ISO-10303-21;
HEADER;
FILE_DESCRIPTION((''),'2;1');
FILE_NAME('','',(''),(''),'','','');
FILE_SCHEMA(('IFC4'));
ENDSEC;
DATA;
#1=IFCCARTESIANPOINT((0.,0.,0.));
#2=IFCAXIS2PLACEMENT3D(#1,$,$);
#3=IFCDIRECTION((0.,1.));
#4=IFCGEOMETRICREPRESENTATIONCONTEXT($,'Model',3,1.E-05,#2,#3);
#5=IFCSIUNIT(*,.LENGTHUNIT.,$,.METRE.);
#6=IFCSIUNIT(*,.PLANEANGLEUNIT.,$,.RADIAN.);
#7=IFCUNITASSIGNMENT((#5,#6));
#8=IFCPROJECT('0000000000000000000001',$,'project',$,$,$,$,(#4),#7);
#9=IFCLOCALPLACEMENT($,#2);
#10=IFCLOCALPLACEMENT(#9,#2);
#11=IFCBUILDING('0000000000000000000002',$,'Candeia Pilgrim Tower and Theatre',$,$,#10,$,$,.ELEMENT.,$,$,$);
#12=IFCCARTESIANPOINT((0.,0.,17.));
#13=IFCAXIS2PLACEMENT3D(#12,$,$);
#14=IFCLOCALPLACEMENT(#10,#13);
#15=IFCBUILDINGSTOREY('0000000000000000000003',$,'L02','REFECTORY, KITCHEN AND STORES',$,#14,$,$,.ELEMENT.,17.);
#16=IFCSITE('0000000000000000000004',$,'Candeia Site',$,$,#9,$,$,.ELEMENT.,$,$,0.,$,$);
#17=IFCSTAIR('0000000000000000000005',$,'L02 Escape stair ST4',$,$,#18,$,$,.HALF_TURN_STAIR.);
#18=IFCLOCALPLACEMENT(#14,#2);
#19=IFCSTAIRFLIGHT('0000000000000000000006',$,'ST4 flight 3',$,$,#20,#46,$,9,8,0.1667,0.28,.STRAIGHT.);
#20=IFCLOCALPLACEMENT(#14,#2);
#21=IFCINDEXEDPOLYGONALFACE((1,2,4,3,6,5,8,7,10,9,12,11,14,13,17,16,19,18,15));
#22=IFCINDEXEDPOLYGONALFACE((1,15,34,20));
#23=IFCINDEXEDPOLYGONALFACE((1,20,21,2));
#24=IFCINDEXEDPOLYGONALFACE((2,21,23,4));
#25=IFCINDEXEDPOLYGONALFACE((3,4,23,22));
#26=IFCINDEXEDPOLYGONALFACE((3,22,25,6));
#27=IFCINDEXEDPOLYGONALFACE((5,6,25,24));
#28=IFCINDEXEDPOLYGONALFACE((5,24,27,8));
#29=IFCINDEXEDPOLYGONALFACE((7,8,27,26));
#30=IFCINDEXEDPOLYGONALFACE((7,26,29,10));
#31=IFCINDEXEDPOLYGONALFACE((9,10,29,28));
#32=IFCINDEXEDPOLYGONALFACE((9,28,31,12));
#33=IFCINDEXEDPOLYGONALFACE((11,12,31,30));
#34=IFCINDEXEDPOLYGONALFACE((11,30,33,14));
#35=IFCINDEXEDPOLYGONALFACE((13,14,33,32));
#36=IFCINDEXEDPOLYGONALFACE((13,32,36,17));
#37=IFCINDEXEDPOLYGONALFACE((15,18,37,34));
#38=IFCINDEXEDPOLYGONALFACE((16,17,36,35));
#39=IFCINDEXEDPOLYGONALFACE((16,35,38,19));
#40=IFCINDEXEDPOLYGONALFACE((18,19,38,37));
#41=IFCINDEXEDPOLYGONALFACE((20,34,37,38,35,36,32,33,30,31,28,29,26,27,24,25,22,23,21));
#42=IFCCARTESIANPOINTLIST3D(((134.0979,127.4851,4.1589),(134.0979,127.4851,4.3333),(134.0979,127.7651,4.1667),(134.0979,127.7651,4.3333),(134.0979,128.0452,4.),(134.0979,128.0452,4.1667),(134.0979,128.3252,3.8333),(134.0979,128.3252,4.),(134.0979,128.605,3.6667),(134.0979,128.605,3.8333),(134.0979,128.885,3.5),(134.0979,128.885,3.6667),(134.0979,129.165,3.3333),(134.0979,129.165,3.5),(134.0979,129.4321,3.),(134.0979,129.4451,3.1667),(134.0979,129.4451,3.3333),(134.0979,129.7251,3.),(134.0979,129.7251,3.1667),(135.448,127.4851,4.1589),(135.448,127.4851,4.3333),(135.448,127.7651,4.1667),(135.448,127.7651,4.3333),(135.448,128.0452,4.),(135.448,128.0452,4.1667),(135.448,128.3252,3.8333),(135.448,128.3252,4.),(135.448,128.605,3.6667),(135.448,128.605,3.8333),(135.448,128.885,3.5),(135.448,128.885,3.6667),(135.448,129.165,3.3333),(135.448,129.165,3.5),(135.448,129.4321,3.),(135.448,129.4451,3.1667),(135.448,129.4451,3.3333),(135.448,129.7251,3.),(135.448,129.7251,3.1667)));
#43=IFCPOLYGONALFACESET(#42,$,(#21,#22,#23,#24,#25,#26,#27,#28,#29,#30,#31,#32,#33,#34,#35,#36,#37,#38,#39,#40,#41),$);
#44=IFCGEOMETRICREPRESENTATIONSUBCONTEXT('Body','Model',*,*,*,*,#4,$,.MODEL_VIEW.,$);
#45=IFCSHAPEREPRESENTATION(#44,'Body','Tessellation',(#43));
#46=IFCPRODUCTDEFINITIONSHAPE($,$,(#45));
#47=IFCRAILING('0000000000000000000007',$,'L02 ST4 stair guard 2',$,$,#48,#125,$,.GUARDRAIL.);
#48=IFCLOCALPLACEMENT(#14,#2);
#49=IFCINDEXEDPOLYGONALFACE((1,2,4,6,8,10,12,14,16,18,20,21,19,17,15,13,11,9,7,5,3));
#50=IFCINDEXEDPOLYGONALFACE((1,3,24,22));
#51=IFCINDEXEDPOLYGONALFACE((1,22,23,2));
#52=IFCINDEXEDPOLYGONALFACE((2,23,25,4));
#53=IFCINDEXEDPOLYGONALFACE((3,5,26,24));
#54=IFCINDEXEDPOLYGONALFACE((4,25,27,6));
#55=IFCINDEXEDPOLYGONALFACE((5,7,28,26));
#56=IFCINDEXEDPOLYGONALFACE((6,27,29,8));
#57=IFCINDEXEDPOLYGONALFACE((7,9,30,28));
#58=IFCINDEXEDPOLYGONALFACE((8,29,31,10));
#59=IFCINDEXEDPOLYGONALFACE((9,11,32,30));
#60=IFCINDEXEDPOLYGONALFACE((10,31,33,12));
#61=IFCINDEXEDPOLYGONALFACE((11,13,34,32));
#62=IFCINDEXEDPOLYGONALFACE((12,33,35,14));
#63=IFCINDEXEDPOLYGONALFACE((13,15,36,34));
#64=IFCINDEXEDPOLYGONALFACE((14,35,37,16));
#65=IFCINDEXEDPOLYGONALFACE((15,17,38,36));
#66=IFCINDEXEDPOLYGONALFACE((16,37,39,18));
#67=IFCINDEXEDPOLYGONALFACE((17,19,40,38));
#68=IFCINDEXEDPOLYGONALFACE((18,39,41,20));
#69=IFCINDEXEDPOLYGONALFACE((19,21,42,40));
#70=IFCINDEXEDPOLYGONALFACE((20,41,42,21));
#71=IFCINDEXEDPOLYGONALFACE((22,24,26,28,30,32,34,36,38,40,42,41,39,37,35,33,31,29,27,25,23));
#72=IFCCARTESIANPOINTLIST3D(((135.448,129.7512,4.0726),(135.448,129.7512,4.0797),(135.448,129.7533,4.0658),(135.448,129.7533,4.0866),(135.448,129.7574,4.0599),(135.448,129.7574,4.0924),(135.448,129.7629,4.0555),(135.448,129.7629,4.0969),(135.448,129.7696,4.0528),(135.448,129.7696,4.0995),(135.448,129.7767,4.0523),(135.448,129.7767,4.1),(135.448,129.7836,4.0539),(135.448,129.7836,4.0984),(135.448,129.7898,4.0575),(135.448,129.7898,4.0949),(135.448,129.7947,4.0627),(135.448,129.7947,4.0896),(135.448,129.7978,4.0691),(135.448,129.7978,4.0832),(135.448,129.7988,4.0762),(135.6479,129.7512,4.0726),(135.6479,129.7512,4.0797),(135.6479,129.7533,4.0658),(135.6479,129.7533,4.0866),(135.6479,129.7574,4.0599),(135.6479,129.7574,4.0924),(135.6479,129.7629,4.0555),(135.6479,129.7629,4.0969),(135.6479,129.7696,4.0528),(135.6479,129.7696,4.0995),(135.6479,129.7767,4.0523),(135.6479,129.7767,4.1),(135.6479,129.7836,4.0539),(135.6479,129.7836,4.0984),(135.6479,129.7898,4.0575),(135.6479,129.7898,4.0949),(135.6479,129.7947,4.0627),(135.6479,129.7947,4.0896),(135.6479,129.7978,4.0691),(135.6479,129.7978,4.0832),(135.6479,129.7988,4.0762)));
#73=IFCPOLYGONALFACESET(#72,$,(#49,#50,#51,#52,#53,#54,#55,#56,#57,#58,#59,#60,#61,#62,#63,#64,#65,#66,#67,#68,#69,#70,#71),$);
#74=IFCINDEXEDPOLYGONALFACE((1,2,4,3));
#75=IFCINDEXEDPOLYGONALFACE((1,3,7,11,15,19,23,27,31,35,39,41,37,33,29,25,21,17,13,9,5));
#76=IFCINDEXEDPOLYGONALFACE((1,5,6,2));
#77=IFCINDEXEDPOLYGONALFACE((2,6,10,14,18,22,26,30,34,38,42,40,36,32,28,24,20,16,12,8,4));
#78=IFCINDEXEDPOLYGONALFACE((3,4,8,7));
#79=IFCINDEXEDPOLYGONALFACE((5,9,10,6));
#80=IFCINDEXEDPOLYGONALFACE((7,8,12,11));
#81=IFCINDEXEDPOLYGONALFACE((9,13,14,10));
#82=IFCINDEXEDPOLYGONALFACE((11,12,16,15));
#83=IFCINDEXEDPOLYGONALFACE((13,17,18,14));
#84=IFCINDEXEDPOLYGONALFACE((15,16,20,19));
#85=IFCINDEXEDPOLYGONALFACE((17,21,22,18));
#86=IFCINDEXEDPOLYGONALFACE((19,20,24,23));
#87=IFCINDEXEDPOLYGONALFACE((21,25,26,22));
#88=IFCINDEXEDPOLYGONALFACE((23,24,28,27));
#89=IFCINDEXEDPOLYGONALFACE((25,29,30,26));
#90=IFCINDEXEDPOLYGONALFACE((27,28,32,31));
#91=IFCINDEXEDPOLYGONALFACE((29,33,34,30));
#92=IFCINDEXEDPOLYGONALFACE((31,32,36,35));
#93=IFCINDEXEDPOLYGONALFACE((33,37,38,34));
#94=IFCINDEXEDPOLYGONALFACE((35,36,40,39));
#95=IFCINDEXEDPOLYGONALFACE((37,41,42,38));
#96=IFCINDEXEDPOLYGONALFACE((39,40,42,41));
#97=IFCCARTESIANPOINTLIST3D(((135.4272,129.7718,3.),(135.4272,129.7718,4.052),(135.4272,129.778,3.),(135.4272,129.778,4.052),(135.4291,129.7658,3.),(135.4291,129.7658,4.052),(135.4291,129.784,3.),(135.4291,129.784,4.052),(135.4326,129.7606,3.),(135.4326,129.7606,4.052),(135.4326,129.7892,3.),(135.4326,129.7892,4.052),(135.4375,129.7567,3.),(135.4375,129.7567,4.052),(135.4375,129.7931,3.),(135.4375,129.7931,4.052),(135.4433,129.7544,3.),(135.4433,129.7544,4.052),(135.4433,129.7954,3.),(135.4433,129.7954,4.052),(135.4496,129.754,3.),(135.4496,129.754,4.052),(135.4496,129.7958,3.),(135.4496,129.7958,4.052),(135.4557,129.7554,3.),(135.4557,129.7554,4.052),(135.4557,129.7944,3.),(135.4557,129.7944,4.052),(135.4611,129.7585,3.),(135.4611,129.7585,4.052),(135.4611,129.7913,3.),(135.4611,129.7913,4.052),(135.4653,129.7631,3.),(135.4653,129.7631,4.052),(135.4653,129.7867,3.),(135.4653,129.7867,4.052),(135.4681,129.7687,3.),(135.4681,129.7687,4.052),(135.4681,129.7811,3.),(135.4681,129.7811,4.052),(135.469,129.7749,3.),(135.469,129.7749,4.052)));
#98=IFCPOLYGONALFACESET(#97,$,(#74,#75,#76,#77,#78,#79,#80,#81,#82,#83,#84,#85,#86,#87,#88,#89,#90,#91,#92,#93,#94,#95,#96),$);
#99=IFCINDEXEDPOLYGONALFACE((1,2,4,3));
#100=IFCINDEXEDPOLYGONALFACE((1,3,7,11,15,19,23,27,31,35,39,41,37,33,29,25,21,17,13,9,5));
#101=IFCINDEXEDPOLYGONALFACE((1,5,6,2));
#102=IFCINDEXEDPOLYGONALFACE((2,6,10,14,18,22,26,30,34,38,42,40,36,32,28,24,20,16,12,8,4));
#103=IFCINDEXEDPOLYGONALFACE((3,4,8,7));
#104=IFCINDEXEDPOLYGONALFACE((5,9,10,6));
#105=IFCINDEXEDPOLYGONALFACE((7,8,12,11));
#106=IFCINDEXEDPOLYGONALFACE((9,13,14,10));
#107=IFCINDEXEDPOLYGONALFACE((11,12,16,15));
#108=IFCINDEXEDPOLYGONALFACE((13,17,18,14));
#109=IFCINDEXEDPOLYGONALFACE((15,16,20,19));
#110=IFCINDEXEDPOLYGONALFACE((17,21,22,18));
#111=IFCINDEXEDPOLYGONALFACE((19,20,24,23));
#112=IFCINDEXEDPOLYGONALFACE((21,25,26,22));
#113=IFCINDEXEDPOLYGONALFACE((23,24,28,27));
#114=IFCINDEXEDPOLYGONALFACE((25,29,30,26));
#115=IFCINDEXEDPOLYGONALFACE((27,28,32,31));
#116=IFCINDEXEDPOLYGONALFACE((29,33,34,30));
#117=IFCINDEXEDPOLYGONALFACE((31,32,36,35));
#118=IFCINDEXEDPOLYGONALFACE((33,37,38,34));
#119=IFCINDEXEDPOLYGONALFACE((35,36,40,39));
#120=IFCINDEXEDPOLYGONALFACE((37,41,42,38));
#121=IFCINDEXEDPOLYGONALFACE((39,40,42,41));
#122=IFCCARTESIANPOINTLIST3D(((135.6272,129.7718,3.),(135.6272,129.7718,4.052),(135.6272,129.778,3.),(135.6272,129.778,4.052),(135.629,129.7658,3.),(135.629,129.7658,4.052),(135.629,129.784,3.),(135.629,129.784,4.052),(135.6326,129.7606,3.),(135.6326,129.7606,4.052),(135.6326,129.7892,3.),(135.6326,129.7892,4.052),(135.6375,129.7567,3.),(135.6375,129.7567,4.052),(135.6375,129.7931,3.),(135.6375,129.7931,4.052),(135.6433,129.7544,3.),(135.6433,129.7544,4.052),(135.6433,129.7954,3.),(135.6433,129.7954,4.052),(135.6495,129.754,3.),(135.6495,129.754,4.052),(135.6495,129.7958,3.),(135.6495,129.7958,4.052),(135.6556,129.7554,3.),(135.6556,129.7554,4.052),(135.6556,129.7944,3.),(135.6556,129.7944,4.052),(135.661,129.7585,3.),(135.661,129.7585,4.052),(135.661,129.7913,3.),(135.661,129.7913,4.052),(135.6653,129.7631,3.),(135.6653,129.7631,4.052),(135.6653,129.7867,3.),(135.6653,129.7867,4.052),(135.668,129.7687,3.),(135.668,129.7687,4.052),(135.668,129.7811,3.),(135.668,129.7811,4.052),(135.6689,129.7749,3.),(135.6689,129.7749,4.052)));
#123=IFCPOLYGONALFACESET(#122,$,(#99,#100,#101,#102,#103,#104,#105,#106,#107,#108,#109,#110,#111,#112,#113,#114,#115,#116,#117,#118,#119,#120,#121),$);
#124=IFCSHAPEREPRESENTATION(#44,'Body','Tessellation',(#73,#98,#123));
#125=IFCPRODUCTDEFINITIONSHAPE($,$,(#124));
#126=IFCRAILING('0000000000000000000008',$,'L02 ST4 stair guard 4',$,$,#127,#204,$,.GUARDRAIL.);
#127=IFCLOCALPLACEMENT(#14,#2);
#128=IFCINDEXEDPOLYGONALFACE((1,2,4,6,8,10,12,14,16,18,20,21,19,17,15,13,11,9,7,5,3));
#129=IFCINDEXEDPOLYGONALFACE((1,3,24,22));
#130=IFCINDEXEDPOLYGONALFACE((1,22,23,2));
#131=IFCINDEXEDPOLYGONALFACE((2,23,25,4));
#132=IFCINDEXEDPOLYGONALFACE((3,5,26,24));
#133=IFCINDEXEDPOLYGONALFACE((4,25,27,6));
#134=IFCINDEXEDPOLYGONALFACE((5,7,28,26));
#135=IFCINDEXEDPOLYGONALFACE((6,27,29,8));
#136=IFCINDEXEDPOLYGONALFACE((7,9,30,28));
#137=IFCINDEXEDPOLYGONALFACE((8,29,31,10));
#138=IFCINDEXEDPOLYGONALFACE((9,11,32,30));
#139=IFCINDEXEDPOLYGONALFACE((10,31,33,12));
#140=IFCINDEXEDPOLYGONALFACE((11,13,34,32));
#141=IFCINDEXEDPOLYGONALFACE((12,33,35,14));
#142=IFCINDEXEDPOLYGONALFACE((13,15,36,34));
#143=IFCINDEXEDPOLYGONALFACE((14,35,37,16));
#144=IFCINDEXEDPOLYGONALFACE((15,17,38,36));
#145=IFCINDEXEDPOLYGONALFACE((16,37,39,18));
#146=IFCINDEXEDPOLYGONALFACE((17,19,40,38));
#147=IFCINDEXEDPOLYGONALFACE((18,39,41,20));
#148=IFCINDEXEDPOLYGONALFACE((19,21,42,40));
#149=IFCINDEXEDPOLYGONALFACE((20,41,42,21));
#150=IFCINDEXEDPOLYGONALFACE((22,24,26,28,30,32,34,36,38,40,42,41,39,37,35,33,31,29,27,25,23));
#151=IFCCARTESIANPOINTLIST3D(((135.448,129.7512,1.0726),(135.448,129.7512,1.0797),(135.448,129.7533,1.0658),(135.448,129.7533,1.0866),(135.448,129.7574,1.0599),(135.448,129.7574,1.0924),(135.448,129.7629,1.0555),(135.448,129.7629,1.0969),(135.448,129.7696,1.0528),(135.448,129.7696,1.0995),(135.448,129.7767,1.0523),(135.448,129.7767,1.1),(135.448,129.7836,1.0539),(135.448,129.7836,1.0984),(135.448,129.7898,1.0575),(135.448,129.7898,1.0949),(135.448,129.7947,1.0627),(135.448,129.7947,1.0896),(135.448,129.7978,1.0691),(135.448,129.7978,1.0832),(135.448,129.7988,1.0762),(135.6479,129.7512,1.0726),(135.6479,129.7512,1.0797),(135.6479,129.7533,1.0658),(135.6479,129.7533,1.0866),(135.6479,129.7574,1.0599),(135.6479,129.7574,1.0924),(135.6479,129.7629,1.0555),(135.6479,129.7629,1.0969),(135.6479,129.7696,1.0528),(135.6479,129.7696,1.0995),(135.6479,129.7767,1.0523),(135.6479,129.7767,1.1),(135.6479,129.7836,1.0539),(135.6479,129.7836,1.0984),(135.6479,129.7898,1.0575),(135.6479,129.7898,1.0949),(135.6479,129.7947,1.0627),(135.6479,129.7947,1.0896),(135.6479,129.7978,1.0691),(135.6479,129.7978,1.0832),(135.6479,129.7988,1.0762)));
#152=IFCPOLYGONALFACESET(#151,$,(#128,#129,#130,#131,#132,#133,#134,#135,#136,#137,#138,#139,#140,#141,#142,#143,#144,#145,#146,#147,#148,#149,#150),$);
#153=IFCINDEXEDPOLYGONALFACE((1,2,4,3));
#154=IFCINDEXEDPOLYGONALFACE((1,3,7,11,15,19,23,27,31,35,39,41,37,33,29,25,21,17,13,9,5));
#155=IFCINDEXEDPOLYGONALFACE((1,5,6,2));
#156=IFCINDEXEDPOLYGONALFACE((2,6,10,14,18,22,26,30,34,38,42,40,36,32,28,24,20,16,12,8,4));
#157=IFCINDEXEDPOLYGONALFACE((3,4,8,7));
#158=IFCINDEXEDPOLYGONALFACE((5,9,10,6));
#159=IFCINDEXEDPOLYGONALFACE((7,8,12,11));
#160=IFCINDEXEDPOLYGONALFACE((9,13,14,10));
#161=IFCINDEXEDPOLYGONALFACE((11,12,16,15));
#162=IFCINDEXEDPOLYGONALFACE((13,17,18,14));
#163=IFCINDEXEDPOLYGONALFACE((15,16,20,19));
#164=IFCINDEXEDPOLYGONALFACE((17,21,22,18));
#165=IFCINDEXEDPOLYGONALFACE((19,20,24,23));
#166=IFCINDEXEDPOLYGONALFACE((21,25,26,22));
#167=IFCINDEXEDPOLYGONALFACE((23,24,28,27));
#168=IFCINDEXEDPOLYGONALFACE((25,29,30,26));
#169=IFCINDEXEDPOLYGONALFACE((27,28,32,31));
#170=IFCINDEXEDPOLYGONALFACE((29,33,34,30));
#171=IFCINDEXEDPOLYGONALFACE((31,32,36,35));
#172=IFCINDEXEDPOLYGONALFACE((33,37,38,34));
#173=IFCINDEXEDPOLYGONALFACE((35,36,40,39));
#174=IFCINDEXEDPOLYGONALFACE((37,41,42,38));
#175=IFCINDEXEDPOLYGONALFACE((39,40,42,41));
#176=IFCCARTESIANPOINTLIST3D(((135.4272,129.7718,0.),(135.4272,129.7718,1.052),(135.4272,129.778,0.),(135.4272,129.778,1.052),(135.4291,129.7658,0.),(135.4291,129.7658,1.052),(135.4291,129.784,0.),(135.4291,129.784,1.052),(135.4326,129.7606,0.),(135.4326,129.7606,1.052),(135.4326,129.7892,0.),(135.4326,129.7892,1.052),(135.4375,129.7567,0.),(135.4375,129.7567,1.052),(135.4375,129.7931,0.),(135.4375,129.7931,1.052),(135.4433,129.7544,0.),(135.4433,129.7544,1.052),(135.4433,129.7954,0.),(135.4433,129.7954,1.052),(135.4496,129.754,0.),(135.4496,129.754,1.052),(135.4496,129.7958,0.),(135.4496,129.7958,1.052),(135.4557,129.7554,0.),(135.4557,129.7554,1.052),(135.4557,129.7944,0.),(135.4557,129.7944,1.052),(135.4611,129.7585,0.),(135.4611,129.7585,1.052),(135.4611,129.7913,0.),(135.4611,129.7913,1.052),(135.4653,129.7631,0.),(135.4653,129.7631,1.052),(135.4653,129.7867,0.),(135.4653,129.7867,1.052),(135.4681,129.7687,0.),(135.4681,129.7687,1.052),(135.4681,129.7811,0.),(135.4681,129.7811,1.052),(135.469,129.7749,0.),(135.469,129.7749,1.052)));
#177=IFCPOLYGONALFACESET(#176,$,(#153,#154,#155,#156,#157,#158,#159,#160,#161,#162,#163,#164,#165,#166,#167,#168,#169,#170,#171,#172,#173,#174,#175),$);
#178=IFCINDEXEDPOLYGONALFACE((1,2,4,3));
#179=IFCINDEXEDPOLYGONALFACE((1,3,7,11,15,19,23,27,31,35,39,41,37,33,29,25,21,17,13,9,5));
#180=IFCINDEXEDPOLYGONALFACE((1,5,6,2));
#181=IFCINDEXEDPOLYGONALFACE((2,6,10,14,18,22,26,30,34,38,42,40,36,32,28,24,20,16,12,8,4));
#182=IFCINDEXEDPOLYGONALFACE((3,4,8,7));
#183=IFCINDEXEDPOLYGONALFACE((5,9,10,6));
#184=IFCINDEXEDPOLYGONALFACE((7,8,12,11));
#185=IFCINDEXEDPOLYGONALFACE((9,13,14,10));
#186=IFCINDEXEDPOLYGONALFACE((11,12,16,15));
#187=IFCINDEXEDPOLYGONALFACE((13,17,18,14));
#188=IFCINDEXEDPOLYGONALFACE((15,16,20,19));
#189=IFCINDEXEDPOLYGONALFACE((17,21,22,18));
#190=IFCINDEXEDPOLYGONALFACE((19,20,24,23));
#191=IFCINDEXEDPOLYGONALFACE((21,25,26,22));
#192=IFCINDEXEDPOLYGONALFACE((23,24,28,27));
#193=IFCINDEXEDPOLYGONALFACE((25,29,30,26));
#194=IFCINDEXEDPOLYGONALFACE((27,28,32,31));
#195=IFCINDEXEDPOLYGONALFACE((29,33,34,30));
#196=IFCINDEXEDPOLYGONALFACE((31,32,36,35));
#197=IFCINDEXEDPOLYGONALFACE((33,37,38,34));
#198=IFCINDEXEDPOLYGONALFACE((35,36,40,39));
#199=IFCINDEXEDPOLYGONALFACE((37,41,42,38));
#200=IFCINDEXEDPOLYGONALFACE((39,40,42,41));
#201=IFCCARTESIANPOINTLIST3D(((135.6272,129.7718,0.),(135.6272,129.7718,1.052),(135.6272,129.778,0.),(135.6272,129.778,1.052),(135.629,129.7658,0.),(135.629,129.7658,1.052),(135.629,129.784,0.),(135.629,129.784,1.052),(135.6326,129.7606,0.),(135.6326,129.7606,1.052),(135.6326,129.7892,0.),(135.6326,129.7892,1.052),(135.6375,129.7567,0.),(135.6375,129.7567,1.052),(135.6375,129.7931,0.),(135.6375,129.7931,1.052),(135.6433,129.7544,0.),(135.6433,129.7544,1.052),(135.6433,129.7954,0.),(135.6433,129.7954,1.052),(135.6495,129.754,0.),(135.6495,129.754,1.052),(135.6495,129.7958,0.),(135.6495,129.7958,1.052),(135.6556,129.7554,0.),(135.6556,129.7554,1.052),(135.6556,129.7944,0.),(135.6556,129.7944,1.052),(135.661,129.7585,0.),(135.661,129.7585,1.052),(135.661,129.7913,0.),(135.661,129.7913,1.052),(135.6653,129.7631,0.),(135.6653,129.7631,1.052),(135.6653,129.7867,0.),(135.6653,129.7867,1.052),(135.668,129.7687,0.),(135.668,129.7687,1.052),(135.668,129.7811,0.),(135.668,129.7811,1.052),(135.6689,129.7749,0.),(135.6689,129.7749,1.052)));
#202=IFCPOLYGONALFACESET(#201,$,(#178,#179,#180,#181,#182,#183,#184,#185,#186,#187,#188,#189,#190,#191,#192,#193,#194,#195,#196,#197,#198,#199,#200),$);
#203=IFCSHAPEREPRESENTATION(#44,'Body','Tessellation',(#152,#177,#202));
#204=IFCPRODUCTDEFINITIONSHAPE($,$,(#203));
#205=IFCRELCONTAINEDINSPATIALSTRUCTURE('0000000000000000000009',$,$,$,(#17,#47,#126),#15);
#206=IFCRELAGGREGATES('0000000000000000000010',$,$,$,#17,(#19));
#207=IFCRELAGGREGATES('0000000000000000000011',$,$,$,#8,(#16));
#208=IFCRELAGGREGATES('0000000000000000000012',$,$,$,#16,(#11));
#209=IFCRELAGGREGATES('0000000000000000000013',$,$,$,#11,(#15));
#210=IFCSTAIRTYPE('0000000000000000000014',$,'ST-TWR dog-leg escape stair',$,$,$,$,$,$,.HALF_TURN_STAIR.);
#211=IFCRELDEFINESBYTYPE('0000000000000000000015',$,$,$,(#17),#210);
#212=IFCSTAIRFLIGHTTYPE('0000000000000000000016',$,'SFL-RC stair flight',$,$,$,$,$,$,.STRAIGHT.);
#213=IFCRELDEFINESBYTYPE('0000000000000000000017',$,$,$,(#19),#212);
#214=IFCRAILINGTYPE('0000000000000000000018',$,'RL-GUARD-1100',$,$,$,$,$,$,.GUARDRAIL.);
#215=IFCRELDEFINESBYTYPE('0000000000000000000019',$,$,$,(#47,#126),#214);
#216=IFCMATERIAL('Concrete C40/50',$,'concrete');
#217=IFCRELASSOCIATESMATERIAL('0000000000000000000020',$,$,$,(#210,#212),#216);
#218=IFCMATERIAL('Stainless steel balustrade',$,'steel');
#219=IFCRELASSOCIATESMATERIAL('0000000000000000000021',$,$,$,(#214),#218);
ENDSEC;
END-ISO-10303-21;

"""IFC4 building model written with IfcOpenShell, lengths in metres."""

from ifc_helpers import new_model, si_unit, direction, frame, origin, origin_2d, place, context, subcontext, project, spatial, polyline, circle, outline, extrude, material, type_object, element, aggregate, save


model = new_model("IFC4")

# Units and contexts
model_context = context("Model", 3, precision=1e-05, world=origin(), true_north=direction((0.0, 1.0)))
body_context = subcontext(model_context, "Body", "Model", "MODEL_VIEW")
ifc_project = project(units=[si_unit("LENGTHUNIT", "METRE"), si_unit("PLANEANGLEUNIT", "RADIAN")], contexts=[model_context])

# Site, building, storey
site_placement = place(None, origin())
site = spatial("IfcSite", under=ifc_project, at=site_placement, Name="Candeia Site", CompositionType="ELEMENT", RefElevation=0.0)
building_placement = place(site_placement, origin())
building = spatial("IfcBuilding", under=site, at=building_placement, Name="Candeia Pilgrim Tower and Theatre", CompositionType="ELEMENT")
storey_placement = place(building_placement, frame((0.0, 0.0, 17.0)))
storey = spatial("IfcBuildingStorey", under=building, at=storey_placement, Name="L02", Description="REFECTORY, KITCHEN AND STORES", CompositionType="ELEMENT", Elevation=17.0)

# Shared definitions
ifc_material_1 = material(Name="Concrete C40/50", Category="concrete")

# Stair, stair flight
stair_type = type_object("IfcStairType", Name="ST-TWR dog-leg escape stair", PredefinedType="HALF_TURN_STAIR", material=ifc_material_1)
stair_placement = place(storey_placement, origin())
stair = element("IfcStair", 1, at=stair_placement, inside=storey, type_object=stair_type, Name="L02 Escape stair ST4", PredefinedType="HALF_TURN_STAIR")
stair_flight_type = type_object("IfcStairFlightType", Name="SFL-RC stair flight", PredefinedType="STRAIGHT", material=ifc_material_1)
stair_flight_1_placement = place(storey_placement, frame((134.7729, 129.7251, 3.0), z_axis=(0.0, 0.0, 1.0), x_axis=(0.0, -1.0, 0.0)))
stair_flight_1 = element("IfcStairFlight", 2, at=stair_flight_1_placement, type_object=stair_flight_type, Name="ST4 flight 3", NumberOfRisers=9, NumberOfTreads=8, PredefinedType="STRAIGHT", RiserHeight=0.1667, TreadLength=0.28, context=body_context, shape_type="SweptSolid", body=[
    extrude(outline(polyline([(0.0, 0.0), (0.0, 0.1667), (0.28, 0.1667), (0.28, 0.3333), (0.5601, 0.3333), (0.5601, 0.5), (0.8401, 0.5), (0.8401, 0.6667), (1.1201, 0.6667), (1.1201, 0.8333), (1.3999, 0.8333), (1.3999, 1.0), (1.6799, 1.0), (1.6799, 1.1667), (1.96, 1.1667), (1.96, 1.3333), (2.24, 1.3333), (2.24, 1.5), (2.24, 1.1589), (0.293, 0.0), (0.0, 0.0)])), frame((0.0, 0.675, 0.0), z_axis=(0.0, -1.0, 0.0), x_axis=(1.0, 0.0, 0.0)), (0.0, 0.0, 1.0), 1.3501),
])
aggregate(stair, [stair_flight_1])

# Railings
ifc_material_2 = material(Name="Stainless steel balustrade", Category="steel")
railing_type_1 = type_object("IfcRailingType", Name="RL-GUARD-1100", PredefinedType="GUARDRAIL", material=ifc_material_2)
railing_1_placement = place(storey_placement, frame((135.448, 129.7749, 3.0)))
element("IfcRailing", 3, at=railing_1_placement, inside=storey, type_object=railing_type_1, Name="L02 ST4 stair guard 2", PredefinedType="GUARDRAIL", context=body_context, shape_type="SweptSolid", body=[
    extrude(circle(Radius=0.0239, at=origin_2d()), frame((0.0, 0.0, 1.0762), z_axis=(1.0, 0.0, 0.0), x_axis=(0.0, 1.0, 0.0)), (0.0, 0.0, 1.0), 0.2),
    extrude(circle(Radius=0.021, at=origin_2d()), origin(), (0.0, 0.0, 1.0), 1.052),
    extrude(circle(Radius=0.021, at=origin_2d()), frame((0.2, 0.0, 0.0)), (0.0, 0.0, 1.0), 1.052),
])
railing_2_placement = place(storey_placement, frame((135.448, 129.7749, 0.0)))
element("IfcRailing", 4, at=railing_2_placement, inside=storey, type_object=railing_type_1, Name="L02 ST4 stair guard 4", PredefinedType="GUARDRAIL", context=body_context, shape_type="SweptSolid", body=[
    extrude(circle(Radius=0.0239, at=origin_2d()), frame((0.0, 0.0, 1.0762), z_axis=(1.0, 0.0, 0.0), x_axis=(0.0, 1.0, 0.0)), (0.0, 0.0, 1.0), 0.2),
    extrude(circle(Radius=0.021, at=origin_2d()), origin(), (0.0, 0.0, 1.0), 1.052),
    extrude(circle(Radius=0.021, at=origin_2d()), frame((0.2, 0.0, 0.0)), (0.0, 0.0, 1.0), 1.052),
])

save(model, "model.ifc")
